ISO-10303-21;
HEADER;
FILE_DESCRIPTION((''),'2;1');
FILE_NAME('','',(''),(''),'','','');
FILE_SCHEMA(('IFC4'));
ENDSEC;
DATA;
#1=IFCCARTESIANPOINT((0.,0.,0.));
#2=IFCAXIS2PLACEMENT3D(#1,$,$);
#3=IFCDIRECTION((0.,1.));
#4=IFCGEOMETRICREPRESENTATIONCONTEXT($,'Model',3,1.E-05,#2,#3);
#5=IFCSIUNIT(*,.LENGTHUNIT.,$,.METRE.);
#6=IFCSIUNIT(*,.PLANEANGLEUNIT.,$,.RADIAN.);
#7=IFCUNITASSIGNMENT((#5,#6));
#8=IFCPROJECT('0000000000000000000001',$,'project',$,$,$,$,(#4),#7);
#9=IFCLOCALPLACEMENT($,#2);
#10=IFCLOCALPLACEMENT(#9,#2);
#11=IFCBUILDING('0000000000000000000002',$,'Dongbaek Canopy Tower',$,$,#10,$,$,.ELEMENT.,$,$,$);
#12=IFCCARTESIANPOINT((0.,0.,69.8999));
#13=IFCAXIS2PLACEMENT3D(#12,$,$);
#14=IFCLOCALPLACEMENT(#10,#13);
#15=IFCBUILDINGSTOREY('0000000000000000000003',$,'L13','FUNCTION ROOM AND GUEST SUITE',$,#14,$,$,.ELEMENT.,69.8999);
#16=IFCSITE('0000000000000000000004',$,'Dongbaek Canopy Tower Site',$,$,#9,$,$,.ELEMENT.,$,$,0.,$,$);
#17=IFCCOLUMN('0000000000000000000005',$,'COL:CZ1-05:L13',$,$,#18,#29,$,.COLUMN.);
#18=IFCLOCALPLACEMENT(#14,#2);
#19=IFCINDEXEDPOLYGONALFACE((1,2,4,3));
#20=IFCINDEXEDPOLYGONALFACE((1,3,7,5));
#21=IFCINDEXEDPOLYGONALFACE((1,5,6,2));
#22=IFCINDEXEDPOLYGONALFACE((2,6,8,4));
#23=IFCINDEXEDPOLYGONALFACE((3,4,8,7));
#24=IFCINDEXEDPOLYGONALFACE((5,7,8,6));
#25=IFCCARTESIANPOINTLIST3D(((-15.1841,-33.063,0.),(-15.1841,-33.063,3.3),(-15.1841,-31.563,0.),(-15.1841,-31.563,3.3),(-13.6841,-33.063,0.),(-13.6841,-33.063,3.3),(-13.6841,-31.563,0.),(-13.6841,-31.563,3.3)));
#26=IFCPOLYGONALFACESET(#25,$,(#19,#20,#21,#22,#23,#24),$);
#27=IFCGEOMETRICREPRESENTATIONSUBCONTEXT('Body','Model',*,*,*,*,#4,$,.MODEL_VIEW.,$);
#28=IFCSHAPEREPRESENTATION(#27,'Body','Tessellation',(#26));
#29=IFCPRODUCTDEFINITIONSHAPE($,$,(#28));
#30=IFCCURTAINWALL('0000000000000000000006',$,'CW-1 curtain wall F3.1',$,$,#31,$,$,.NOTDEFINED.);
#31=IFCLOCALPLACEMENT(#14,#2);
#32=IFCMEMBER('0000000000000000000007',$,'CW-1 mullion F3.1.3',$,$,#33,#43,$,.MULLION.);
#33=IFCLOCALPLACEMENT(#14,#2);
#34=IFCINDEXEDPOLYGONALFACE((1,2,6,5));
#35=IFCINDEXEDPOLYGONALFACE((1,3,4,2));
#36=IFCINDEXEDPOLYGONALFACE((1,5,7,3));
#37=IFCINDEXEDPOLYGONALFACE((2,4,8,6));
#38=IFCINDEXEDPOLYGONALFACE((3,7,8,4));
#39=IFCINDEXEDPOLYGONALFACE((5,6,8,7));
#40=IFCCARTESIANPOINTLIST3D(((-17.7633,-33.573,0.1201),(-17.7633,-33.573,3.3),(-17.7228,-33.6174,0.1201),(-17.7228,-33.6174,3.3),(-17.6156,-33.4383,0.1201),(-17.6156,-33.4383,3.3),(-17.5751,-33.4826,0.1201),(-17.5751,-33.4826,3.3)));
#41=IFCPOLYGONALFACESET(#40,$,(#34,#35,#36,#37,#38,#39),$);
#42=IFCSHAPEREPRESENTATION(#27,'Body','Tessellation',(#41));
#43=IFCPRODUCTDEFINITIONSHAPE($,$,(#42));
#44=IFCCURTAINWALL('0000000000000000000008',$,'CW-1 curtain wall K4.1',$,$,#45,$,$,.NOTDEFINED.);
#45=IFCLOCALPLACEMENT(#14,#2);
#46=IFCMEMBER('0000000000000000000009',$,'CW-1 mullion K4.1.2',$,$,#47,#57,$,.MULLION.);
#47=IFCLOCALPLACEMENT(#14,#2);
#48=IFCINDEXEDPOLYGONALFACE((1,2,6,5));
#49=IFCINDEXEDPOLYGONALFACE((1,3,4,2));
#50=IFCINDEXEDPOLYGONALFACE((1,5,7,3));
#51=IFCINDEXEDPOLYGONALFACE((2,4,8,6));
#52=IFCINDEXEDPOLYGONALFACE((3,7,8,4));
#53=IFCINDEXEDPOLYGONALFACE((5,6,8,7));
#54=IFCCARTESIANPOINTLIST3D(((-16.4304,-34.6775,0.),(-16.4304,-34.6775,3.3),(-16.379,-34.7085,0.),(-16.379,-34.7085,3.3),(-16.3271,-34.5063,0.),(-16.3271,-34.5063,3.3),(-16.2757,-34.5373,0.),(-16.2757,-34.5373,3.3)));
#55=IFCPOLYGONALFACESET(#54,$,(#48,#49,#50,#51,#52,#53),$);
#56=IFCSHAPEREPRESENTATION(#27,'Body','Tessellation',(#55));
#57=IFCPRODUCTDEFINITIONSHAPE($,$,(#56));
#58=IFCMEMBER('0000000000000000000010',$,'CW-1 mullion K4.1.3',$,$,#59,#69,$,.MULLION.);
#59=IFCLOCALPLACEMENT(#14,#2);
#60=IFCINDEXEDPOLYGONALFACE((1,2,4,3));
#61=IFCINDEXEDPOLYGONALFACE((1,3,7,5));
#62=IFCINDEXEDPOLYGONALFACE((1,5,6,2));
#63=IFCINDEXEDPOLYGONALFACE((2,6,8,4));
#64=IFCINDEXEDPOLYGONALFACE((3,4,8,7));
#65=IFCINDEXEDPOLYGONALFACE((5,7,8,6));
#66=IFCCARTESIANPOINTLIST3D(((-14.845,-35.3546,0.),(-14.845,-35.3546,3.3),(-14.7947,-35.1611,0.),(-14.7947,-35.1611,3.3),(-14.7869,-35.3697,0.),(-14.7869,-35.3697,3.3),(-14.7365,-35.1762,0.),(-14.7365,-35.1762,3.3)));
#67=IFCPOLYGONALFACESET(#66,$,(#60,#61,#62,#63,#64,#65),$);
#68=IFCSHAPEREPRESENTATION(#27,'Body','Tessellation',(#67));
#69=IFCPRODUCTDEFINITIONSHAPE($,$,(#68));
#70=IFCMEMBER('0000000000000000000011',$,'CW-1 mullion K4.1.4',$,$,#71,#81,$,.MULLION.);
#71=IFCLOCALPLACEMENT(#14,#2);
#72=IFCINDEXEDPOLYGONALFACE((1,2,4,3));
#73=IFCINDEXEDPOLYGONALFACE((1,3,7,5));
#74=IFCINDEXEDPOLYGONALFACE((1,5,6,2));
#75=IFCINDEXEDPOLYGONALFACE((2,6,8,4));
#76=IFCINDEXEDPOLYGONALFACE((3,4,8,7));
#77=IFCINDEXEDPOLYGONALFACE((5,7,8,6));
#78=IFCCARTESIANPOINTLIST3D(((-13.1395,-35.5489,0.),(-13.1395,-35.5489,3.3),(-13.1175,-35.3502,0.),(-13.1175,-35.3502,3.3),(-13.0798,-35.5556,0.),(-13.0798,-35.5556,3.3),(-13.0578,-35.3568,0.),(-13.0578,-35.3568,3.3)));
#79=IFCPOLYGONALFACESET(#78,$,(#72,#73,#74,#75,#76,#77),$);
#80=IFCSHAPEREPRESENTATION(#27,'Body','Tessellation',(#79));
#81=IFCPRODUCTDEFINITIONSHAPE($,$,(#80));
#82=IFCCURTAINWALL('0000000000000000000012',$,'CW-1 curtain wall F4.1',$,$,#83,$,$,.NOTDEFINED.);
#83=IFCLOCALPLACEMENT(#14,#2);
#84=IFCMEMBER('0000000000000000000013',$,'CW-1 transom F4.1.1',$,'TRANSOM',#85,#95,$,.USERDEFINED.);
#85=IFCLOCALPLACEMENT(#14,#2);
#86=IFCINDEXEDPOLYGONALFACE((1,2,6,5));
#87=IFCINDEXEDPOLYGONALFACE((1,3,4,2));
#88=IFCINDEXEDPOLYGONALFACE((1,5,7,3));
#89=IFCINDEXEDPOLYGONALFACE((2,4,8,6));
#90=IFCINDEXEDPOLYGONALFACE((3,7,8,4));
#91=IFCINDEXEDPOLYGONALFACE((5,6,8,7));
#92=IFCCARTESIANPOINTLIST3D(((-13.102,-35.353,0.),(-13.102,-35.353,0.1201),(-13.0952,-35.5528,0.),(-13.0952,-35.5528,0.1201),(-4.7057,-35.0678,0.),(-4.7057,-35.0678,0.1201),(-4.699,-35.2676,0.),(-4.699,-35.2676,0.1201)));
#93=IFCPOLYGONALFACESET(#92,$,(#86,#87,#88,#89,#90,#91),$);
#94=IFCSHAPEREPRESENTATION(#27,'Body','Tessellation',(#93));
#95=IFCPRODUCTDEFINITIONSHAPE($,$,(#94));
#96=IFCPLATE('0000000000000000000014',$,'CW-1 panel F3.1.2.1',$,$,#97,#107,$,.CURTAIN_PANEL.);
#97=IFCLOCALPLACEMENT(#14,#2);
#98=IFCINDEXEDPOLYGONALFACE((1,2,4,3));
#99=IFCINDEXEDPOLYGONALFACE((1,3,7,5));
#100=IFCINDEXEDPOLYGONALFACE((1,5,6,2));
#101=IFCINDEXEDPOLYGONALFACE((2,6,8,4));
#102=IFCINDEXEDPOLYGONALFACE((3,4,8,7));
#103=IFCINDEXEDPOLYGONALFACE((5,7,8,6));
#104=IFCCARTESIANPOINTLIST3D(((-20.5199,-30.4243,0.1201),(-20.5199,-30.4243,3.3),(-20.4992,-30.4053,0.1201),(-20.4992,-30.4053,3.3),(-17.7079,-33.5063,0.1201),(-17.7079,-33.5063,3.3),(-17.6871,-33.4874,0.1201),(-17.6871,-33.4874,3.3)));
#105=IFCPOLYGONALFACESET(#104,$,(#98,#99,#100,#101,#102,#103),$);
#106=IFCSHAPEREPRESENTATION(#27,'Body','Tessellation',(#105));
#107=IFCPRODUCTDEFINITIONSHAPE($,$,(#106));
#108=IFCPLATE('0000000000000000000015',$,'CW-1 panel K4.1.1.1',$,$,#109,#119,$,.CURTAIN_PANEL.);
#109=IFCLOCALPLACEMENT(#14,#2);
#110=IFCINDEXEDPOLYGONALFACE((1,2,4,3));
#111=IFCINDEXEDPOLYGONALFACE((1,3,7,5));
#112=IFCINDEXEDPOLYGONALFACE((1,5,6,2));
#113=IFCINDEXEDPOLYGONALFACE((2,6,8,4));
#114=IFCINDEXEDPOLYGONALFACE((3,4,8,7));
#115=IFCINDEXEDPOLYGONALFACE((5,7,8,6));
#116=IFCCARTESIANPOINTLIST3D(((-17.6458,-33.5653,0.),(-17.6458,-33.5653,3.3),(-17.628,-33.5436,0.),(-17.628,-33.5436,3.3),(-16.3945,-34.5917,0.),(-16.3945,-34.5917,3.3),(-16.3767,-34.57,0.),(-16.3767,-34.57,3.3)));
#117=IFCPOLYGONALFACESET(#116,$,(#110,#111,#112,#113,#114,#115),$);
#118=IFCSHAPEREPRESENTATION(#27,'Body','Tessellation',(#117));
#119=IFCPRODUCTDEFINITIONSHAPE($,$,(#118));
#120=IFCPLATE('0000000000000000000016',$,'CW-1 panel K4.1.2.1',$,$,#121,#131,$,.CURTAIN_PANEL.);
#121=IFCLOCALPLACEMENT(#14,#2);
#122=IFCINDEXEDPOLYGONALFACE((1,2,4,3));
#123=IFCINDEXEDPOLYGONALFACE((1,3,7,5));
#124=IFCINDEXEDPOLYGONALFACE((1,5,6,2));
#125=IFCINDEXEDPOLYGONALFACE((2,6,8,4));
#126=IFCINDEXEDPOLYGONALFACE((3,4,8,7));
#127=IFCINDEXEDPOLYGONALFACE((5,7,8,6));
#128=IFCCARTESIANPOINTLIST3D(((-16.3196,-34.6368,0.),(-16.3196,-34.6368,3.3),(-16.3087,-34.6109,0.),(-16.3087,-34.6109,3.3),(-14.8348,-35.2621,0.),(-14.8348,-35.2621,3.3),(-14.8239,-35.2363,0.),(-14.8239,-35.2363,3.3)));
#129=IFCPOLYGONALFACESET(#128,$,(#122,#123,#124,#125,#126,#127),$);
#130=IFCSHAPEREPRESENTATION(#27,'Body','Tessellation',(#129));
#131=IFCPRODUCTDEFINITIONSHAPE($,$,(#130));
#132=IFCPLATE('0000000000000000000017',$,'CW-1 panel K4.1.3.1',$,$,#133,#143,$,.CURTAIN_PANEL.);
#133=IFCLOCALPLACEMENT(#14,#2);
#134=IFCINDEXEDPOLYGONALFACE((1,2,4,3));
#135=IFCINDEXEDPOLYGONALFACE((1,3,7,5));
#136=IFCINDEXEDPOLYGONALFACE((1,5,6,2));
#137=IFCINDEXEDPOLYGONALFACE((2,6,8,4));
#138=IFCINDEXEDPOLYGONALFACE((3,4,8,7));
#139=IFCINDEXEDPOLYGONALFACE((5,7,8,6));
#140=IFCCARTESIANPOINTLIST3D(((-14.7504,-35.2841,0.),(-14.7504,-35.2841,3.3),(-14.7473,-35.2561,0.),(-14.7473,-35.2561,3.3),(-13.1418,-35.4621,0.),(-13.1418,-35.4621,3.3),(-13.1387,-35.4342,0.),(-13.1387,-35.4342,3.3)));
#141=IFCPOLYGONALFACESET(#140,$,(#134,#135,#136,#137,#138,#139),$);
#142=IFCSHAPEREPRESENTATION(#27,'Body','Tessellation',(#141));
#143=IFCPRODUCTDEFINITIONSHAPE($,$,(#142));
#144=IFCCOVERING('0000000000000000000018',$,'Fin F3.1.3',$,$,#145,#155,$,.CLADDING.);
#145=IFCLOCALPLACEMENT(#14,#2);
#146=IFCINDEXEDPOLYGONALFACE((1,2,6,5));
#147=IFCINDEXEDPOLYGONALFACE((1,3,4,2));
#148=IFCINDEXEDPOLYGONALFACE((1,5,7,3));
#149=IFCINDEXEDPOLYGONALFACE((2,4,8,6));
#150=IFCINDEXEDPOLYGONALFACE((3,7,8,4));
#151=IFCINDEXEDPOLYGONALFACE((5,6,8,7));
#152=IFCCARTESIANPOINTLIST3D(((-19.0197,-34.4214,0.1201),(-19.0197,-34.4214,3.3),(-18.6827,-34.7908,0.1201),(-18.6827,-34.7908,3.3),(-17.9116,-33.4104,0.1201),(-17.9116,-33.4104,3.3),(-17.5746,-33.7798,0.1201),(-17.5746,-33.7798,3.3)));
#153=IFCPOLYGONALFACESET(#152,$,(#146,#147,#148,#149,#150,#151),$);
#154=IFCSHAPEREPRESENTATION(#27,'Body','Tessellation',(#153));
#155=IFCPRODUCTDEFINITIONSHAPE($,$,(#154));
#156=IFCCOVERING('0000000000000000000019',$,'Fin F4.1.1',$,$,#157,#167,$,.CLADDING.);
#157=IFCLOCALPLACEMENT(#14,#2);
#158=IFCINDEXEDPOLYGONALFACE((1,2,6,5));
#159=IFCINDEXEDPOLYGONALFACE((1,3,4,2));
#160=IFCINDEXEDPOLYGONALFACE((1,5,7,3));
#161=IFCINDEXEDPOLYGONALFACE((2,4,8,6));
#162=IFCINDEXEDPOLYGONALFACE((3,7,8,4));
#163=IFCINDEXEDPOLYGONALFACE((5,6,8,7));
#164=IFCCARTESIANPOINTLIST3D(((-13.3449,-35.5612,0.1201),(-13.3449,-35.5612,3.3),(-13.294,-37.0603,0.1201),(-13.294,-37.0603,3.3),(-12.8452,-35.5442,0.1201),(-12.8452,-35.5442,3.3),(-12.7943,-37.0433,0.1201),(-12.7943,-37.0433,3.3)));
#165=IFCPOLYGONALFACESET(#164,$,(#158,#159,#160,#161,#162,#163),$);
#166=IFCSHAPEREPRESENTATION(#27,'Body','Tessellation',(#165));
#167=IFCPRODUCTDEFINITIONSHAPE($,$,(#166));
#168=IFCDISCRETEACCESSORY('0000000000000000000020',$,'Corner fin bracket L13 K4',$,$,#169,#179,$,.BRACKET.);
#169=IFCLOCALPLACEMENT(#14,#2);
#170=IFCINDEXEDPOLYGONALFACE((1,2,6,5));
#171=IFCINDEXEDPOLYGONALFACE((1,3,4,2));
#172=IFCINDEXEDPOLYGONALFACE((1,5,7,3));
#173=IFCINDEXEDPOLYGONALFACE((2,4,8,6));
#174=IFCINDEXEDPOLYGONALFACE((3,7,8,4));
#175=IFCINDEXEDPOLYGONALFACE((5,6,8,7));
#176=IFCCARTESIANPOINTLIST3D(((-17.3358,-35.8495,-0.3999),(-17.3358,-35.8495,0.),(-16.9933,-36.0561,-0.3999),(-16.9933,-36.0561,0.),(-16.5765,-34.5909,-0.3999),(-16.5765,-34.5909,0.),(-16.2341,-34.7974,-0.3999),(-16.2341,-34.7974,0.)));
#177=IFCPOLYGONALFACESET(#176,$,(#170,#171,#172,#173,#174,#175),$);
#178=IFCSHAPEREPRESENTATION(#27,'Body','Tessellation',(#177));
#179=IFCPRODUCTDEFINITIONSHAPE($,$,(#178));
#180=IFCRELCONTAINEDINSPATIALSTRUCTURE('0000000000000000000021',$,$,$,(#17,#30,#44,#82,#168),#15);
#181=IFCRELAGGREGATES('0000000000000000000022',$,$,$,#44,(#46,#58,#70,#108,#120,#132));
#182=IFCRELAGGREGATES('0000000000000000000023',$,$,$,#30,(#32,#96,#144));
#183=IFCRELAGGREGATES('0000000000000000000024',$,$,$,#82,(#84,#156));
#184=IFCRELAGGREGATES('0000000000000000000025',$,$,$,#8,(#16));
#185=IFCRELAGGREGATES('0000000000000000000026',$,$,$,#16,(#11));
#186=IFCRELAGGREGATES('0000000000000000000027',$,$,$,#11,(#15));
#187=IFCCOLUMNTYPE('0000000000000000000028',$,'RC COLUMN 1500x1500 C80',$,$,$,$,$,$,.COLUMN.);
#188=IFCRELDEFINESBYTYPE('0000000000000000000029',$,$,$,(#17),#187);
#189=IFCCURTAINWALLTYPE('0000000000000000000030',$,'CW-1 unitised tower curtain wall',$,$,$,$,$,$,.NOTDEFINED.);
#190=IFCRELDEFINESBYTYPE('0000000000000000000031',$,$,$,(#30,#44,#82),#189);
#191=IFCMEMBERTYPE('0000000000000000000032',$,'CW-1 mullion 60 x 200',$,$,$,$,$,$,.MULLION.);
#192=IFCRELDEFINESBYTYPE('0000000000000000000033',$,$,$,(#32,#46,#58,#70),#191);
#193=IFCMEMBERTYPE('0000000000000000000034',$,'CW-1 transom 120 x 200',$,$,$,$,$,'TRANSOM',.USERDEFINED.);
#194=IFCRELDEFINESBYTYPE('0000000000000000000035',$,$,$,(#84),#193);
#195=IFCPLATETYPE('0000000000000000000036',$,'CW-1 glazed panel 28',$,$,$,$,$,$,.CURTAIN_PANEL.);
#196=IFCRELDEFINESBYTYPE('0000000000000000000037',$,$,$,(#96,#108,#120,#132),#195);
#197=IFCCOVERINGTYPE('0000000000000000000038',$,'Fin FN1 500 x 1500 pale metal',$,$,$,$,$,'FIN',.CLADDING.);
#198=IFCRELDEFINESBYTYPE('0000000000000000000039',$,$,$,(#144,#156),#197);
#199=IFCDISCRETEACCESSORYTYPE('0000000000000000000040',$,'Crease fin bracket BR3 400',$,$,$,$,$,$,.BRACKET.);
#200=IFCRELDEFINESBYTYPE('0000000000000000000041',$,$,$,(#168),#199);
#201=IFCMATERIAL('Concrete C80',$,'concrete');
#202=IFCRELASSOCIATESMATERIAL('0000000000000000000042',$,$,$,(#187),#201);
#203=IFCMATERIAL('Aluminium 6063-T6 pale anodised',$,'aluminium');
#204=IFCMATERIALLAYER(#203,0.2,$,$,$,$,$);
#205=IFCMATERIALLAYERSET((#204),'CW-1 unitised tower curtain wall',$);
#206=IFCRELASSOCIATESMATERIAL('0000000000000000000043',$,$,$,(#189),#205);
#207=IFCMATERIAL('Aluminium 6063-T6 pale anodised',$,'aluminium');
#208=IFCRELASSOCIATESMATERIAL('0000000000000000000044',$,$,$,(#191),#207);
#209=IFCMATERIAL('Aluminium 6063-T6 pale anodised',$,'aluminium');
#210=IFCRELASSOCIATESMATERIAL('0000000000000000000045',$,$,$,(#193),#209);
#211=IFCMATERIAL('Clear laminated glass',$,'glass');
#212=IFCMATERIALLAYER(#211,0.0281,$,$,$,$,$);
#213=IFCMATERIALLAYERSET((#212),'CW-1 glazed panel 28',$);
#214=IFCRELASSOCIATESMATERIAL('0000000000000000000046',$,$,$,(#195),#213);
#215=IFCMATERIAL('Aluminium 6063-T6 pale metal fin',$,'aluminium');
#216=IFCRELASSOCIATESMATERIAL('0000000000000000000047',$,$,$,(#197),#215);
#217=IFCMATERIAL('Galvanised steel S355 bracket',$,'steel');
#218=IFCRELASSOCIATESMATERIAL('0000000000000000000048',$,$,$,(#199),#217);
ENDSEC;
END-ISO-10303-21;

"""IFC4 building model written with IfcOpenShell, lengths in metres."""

from ifc_helpers import new_model, si_unit, direction, frame, origin, origin_2d, place, context, subcontext, project, spatial, rectangle, extrude, material, layer, layer_set, material_profile, profile_set, type_object, element, aggregate, save


model = new_model("IFC4")

# Units and contexts
model_context = context("Model", 3, precision=1e-05, world=origin(), true_north=direction((0.0, 1.0)))
body_context = subcontext(model_context, "Body", "Model", "MODEL_VIEW")
ifc_project = project(units=[si_unit("LENGTHUNIT", "METRE"), si_unit("PLANEANGLEUNIT", "RADIAN")], contexts=[model_context])

# Site, building, storey
site_placement = place(None, origin())
site = spatial("IfcSite", under=ifc_project, at=site_placement, Name="Dongbaek Canopy Tower Site", CompositionType="ELEMENT", RefElevation=0.0)
building_placement = place(site_placement, origin())
building = spatial("IfcBuilding", under=site, at=building_placement, Name="Dongbaek Canopy Tower", CompositionType="ELEMENT")
storey_placement = place(building_placement, frame((0.0, 0.0, 69.8999)))
storey = spatial("IfcBuildingStorey", under=building, at=storey_placement, Name="L13", Description="FUNCTION ROOM AND GUEST SUITE", CompositionType="ELEMENT", Elevation=69.8999)

# Column
ifc_material_1 = material(Name="Concrete C80", Category="concrete")
ifc_material_profile_1 = material_profile(ifc_material_1, rectangle(XDim=1.5, YDim=1.5, at=origin_2d()), Name="RC COLUMN 1500x1500 C80")
ifc_profile_set_1 = profile_set([ifc_material_profile_1], Name="Concrete C80")
column_type = type_object("IfcColumnType", Name="RC COLUMN 1500x1500 C80", PredefinedType="COLUMN", material=ifc_profile_set_1)
column_placement = place(storey_placement, frame((-14.4341, -32.313, 0.0), z_axis=(0.0, 0.0, 1.0), x_axis=(1.0, 0.0, 0.0)))
element("IfcColumn", 1, at=column_placement, inside=storey, type_object=column_type, Name="COL:CZ1-05:L13", PredefinedType="COLUMN", context=body_context, shape_type="SweptSolid", body=[
    extrude(rectangle(XDim=1.5, YDim=1.5, at=origin_2d()), origin(), (0.0, 0.0, 1.0), 3.3),
])

# Curtain wall, member
ifc_material_2 = material(Name="Aluminium 6063-T6 pale anodised", Category="aluminium")
ifc_layer_1 = layer(ifc_material_2, 0.2)
ifc_layer_set_1 = layer_set([ifc_layer_1], Name="CW-1 unitised tower curtain wall")
curtain_wall_type = type_object("IfcCurtainWallType", Name="CW-1 unitised tower curtain wall", PredefinedType="NOTDEFINED", material=ifc_layer_set_1)
curtain_wall_1_placement = place(storey_placement, origin())
curtain_wall_1 = element("IfcCurtainWall", 2, at=curtain_wall_1_placement, inside=storey, type_object=curtain_wall_type, Name="CW-1 curtain wall F3.1", PredefinedType="NOTDEFINED")
ifc_material_3 = material(Name="Aluminium 6063-T6 pale anodised", Category="aluminium")
ifc_material_profile_2 = material_profile(ifc_material_3, rectangle(XDim=0.2, YDim=0.0601, at=origin_2d()), Name="CW-1 mullion 60 x 200")
ifc_profile_set_2 = profile_set([ifc_material_profile_2], Name="Aluminium 6063-T6 pale anodised")
member_type_1 = type_object("IfcMemberType", Name="CW-1 mullion 60 x 200", PredefinedType="MULLION", material=ifc_profile_set_2)
member_1_placement = place(storey_placement, frame((-17.6692, -33.5278, 0.1201), z_axis=(0.0, 0.0, 1.0), x_axis=(-0.73872, -0.674012, 0.0)))
member_1 = element("IfcMember", 3, at=member_1_placement, type_object=member_type_1, Name="CW-1 mullion F3.1.3", PredefinedType="MULLION", context=body_context, shape_type="SweptSolid", body=[
    extrude(rectangle(XDim=0.2, YDim=0.0601, at=origin_2d()), origin(), (0.0, 0.0, 1.0), 3.1799),
])

# Curtain wall, members
curtain_wall_2_placement = place(storey_placement, origin())
curtain_wall_2 = element("IfcCurtainWall", 4, at=curtain_wall_2_placement, inside=storey, type_object=curtain_wall_type, Name="CW-1 curtain wall K4.1", PredefinedType="NOTDEFINED")
member_2_placement = place(storey_placement, frame((-16.353, -34.6074, 0.0), z_axis=(0.0, 0.0, 1.0), x_axis=(-0.516535, -0.856266, 0.0)))
member_2 = element("IfcMember", 5, at=member_2_placement, type_object=member_type_1, Name="CW-1 mullion K4.1.2", PredefinedType="MULLION", context=body_context, shape_type="SweptSolid", body=[
    extrude(rectangle(XDim=0.2, YDim=0.0601, at=origin_2d()), origin(), (0.0, 0.0, 1.0), 3.3),
])
member_3_placement = place(storey_placement, frame((-14.7908, -35.2654, 0.0), z_axis=(0.0, 0.0, 1.0), x_axis=(-0.251694, -0.967807, 0.0)))
member_3 = element("IfcMember", 6, at=member_3_placement, type_object=member_type_1, Name="CW-1 mullion K4.1.3", PredefinedType="MULLION", context=body_context, shape_type="SweptSolid", body=[
    extrude(rectangle(XDim=0.2, YDim=0.0601, at=origin_2d()), origin(), (0.0, 0.0, 1.0), 3.3),
])
member_4_placement = place(storey_placement, frame((-13.0986, -35.4529, 0.0), z_axis=(0.0, 0.0, 1.0), x_axis=(-0.110022, -0.993929, 0.0)))
member_4 = element("IfcMember", 7, at=member_4_placement, type_object=member_type_1, Name="CW-1 mullion K4.1.4", PredefinedType="MULLION", context=body_context, shape_type="SweptSolid", body=[
    extrude(rectangle(XDim=0.2, YDim=0.0601, at=origin_2d()), origin(), (0.0, 0.0, 1.0), 3.3),
])

# Curtain wall, member
curtain_wall_3_placement = place(storey_placement, origin())
curtain_wall_3 = element("IfcCurtainWall", 8, at=curtain_wall_3_placement, inside=storey, type_object=curtain_wall_type, Name="CW-1 curtain wall F4.1", PredefinedType="NOTDEFINED")
ifc_material_4 = material(Name="Aluminium 6063-T6 pale anodised", Category="aluminium")
ifc_material_profile_3 = material_profile(ifc_material_4, rectangle(XDim=0.2, YDim=0.1201, at=origin_2d()), Name="CW-1 transom 120 x 200")
ifc_profile_set_3 = profile_set([ifc_material_profile_3], Name="Aluminium 6063-T6 pale anodised")
member_type_2 = type_object("IfcMemberType", Name="CW-1 transom 120 x 200", ElementType="TRANSOM", PredefinedType="USERDEFINED", material=ifc_profile_set_3)
member_5_placement = place(storey_placement, frame((-13.0986, -35.4529, 0.0601), z_axis=(0.999424, 0.033943, 0.0), x_axis=(-0.033943, 0.999424, 0.0)))
member_5 = element("IfcMember", 9, at=member_5_placement, type_object=member_type_2, Name="CW-1 transom F4.1.1", ObjectType="TRANSOM", PredefinedType="USERDEFINED", context=body_context, shape_type="SweptSolid", body=[
    extrude(rectangle(XDim=0.2, YDim=0.1201, at=origin_2d()), origin(), (0.0, 0.0, 1.0), 8.4011),
])

# Plates
ifc_material_5 = material(Name="Clear laminated glass", Category="glass")
ifc_layer_2 = layer(ifc_material_5, 0.0281)
ifc_layer_set_2 = layer_set([ifc_layer_2], Name="CW-1 glazed panel 28")
plate_type = type_object("IfcPlateType", Name="CW-1 glazed panel 28", PredefinedType="CURTAIN_PANEL", material=ifc_layer_set_2)
plate_1_placement = place(storey_placement, frame((-19.1035, -31.9558, 0.1201), z_axis=(0.0, 0.0, 1.0), x_axis=(0.674012, -0.73872, 0.0)))
plate_1 = element("IfcPlate", 10, at=plate_1_placement, type_object=plate_type, Name="CW-1 panel F3.1.2.1", PredefinedType="CURTAIN_PANEL", context=body_context, shape_type="SweptSolid", body=[
    extrude(rectangle(XDim=4.1721, YDim=0.0281, at=origin_2d()), origin(), (0.0, 0.0, 1.0), 3.1799),
])
plate_2_placement = place(storey_placement, frame((-17.0112, -34.0676, 0.0), z_axis=(0.0, 0.0, 1.0), x_axis=(0.773162, -0.634209, 0.0)))
plate_2 = element("IfcPlate", 11, at=plate_2_placement, type_object=plate_type, Name="CW-1 panel K4.1.1.1", PredefinedType="CURTAIN_PANEL", context=body_context, shape_type="SweptSolid", body=[
    extrude(rectangle(XDim=1.6184, YDim=0.0281, at=origin_2d()), origin(), (0.0, 0.0, 1.0), 3.3),
])
plate_3_placement = place(storey_placement, frame((-15.5718, -34.9365, 0.0), z_axis=(0.0, 0.0, 1.0), x_axis=(0.921599, -0.388142, 0.0)))
plate_3 = element("IfcPlate", 12, at=plate_3_placement, type_object=plate_type, Name="CW-1 panel K4.1.2.1", PredefinedType="CURTAIN_PANEL", context=body_context, shape_type="SweptSolid", body=[
    extrude(rectangle(XDim=1.6111, YDim=0.0281, at=origin_2d()), origin(), (0.0, 0.0, 1.0), 3.3),
])
plate_4_placement = place(storey_placement, frame((-13.9446, -35.3591, 0.0), z_axis=(0.0, 0.0, 1.0), x_axis=(0.993929, -0.110022, 0.0)))
plate_4 = element("IfcPlate", 13, at=plate_4_placement, type_object=plate_type, Name="CW-1 panel K4.1.3.1", PredefinedType="CURTAIN_PANEL", context=body_context, shape_type="SweptSolid", body=[
    extrude(rectangle(XDim=1.6184, YDim=0.0281, at=origin_2d()), origin(), (0.0, 0.0, 1.0), 3.3),
])
aggregate(curtain_wall_2, [member_2, member_3, member_4, plate_2, plate_3, plate_4])

# Coverings
ifc_material_6 = material(Name="Aluminium 6063-T6 pale metal fin", Category="aluminium")
ifc_material_profile_4 = material_profile(ifc_material_6, rectangle(XDim=1.5, YDim=0.5, at=origin_2d()), Name="Fin FN1 500 x 1500 pale metal")
ifc_profile_set_4 = profile_set([ifc_material_profile_4], Name="Aluminium 6063-T6 pale metal fin")
covering_type = type_object("IfcCoveringType", Name="Fin FN1 500 x 1500 pale metal", ElementType="FIN", PredefinedType="CLADDING", material=ifc_profile_set_4)
covering_1_placement = place(storey_placement, frame((-18.2971, -34.1006, 0.1201), z_axis=(0.0, 0.0, 1.0), x_axis=(-0.73872, -0.674012, 0.0)))
covering_1 = element("IfcCovering", 14, at=covering_1_placement, type_object=covering_type, Name="Fin F3.1.3", PredefinedType="CLADDING", context=body_context, shape_type="SweptSolid", body=[
    extrude(rectangle(XDim=1.5, YDim=0.5, at=origin_2d()), origin(), (0.0, 0.0, 1.0), 3.1799),
])
aggregate(curtain_wall_1, [member_1, plate_1, covering_1])
covering_2_placement = place(storey_placement, frame((-13.0696, -36.3022, 0.1201), z_axis=(0.0, 0.0, 1.0), x_axis=(0.033933, -0.999424, 0.0)))
covering_2 = element("IfcCovering", 15, at=covering_2_placement, type_object=covering_type, Name="Fin F4.1.1", PredefinedType="CLADDING", context=body_context, shape_type="SweptSolid", body=[
    extrude(rectangle(XDim=1.5, YDim=0.5, at=origin_2d()), origin(), (0.0, 0.0, 1.0), 3.1799),
])
aggregate(curtain_wall_3, [member_5, covering_2])

# Discrete accessory
ifc_material_7 = material(Name="Galvanised steel S355 bracket", Category="steel")
discrete_accessory_type = type_object("IfcDiscreteAccessoryType", Name="Crease fin bracket BR3 400", PredefinedType="BRACKET", material=ifc_material_7)
discrete_accessory_placement = place(storey_placement, frame((-16.7849, -35.3235, -0.3999), z_axis=(0.0, 0.0, 1.0), x_axis=(-0.516535, -0.856266, 0.0)))
element("IfcDiscreteAccessory", 16, at=discrete_accessory_placement, inside=storey, type_object=discrete_accessory_type, Name="Corner fin bracket L13 K4", PredefinedType="BRACKET", context=body_context, shape_type="SweptSolid", body=[
    extrude(rectangle(XDim=1.47, YDim=0.3999, at=origin_2d()), origin(), (0.0, 0.0, 1.0), 0.3999),
])

save(model, "model.ifc")
